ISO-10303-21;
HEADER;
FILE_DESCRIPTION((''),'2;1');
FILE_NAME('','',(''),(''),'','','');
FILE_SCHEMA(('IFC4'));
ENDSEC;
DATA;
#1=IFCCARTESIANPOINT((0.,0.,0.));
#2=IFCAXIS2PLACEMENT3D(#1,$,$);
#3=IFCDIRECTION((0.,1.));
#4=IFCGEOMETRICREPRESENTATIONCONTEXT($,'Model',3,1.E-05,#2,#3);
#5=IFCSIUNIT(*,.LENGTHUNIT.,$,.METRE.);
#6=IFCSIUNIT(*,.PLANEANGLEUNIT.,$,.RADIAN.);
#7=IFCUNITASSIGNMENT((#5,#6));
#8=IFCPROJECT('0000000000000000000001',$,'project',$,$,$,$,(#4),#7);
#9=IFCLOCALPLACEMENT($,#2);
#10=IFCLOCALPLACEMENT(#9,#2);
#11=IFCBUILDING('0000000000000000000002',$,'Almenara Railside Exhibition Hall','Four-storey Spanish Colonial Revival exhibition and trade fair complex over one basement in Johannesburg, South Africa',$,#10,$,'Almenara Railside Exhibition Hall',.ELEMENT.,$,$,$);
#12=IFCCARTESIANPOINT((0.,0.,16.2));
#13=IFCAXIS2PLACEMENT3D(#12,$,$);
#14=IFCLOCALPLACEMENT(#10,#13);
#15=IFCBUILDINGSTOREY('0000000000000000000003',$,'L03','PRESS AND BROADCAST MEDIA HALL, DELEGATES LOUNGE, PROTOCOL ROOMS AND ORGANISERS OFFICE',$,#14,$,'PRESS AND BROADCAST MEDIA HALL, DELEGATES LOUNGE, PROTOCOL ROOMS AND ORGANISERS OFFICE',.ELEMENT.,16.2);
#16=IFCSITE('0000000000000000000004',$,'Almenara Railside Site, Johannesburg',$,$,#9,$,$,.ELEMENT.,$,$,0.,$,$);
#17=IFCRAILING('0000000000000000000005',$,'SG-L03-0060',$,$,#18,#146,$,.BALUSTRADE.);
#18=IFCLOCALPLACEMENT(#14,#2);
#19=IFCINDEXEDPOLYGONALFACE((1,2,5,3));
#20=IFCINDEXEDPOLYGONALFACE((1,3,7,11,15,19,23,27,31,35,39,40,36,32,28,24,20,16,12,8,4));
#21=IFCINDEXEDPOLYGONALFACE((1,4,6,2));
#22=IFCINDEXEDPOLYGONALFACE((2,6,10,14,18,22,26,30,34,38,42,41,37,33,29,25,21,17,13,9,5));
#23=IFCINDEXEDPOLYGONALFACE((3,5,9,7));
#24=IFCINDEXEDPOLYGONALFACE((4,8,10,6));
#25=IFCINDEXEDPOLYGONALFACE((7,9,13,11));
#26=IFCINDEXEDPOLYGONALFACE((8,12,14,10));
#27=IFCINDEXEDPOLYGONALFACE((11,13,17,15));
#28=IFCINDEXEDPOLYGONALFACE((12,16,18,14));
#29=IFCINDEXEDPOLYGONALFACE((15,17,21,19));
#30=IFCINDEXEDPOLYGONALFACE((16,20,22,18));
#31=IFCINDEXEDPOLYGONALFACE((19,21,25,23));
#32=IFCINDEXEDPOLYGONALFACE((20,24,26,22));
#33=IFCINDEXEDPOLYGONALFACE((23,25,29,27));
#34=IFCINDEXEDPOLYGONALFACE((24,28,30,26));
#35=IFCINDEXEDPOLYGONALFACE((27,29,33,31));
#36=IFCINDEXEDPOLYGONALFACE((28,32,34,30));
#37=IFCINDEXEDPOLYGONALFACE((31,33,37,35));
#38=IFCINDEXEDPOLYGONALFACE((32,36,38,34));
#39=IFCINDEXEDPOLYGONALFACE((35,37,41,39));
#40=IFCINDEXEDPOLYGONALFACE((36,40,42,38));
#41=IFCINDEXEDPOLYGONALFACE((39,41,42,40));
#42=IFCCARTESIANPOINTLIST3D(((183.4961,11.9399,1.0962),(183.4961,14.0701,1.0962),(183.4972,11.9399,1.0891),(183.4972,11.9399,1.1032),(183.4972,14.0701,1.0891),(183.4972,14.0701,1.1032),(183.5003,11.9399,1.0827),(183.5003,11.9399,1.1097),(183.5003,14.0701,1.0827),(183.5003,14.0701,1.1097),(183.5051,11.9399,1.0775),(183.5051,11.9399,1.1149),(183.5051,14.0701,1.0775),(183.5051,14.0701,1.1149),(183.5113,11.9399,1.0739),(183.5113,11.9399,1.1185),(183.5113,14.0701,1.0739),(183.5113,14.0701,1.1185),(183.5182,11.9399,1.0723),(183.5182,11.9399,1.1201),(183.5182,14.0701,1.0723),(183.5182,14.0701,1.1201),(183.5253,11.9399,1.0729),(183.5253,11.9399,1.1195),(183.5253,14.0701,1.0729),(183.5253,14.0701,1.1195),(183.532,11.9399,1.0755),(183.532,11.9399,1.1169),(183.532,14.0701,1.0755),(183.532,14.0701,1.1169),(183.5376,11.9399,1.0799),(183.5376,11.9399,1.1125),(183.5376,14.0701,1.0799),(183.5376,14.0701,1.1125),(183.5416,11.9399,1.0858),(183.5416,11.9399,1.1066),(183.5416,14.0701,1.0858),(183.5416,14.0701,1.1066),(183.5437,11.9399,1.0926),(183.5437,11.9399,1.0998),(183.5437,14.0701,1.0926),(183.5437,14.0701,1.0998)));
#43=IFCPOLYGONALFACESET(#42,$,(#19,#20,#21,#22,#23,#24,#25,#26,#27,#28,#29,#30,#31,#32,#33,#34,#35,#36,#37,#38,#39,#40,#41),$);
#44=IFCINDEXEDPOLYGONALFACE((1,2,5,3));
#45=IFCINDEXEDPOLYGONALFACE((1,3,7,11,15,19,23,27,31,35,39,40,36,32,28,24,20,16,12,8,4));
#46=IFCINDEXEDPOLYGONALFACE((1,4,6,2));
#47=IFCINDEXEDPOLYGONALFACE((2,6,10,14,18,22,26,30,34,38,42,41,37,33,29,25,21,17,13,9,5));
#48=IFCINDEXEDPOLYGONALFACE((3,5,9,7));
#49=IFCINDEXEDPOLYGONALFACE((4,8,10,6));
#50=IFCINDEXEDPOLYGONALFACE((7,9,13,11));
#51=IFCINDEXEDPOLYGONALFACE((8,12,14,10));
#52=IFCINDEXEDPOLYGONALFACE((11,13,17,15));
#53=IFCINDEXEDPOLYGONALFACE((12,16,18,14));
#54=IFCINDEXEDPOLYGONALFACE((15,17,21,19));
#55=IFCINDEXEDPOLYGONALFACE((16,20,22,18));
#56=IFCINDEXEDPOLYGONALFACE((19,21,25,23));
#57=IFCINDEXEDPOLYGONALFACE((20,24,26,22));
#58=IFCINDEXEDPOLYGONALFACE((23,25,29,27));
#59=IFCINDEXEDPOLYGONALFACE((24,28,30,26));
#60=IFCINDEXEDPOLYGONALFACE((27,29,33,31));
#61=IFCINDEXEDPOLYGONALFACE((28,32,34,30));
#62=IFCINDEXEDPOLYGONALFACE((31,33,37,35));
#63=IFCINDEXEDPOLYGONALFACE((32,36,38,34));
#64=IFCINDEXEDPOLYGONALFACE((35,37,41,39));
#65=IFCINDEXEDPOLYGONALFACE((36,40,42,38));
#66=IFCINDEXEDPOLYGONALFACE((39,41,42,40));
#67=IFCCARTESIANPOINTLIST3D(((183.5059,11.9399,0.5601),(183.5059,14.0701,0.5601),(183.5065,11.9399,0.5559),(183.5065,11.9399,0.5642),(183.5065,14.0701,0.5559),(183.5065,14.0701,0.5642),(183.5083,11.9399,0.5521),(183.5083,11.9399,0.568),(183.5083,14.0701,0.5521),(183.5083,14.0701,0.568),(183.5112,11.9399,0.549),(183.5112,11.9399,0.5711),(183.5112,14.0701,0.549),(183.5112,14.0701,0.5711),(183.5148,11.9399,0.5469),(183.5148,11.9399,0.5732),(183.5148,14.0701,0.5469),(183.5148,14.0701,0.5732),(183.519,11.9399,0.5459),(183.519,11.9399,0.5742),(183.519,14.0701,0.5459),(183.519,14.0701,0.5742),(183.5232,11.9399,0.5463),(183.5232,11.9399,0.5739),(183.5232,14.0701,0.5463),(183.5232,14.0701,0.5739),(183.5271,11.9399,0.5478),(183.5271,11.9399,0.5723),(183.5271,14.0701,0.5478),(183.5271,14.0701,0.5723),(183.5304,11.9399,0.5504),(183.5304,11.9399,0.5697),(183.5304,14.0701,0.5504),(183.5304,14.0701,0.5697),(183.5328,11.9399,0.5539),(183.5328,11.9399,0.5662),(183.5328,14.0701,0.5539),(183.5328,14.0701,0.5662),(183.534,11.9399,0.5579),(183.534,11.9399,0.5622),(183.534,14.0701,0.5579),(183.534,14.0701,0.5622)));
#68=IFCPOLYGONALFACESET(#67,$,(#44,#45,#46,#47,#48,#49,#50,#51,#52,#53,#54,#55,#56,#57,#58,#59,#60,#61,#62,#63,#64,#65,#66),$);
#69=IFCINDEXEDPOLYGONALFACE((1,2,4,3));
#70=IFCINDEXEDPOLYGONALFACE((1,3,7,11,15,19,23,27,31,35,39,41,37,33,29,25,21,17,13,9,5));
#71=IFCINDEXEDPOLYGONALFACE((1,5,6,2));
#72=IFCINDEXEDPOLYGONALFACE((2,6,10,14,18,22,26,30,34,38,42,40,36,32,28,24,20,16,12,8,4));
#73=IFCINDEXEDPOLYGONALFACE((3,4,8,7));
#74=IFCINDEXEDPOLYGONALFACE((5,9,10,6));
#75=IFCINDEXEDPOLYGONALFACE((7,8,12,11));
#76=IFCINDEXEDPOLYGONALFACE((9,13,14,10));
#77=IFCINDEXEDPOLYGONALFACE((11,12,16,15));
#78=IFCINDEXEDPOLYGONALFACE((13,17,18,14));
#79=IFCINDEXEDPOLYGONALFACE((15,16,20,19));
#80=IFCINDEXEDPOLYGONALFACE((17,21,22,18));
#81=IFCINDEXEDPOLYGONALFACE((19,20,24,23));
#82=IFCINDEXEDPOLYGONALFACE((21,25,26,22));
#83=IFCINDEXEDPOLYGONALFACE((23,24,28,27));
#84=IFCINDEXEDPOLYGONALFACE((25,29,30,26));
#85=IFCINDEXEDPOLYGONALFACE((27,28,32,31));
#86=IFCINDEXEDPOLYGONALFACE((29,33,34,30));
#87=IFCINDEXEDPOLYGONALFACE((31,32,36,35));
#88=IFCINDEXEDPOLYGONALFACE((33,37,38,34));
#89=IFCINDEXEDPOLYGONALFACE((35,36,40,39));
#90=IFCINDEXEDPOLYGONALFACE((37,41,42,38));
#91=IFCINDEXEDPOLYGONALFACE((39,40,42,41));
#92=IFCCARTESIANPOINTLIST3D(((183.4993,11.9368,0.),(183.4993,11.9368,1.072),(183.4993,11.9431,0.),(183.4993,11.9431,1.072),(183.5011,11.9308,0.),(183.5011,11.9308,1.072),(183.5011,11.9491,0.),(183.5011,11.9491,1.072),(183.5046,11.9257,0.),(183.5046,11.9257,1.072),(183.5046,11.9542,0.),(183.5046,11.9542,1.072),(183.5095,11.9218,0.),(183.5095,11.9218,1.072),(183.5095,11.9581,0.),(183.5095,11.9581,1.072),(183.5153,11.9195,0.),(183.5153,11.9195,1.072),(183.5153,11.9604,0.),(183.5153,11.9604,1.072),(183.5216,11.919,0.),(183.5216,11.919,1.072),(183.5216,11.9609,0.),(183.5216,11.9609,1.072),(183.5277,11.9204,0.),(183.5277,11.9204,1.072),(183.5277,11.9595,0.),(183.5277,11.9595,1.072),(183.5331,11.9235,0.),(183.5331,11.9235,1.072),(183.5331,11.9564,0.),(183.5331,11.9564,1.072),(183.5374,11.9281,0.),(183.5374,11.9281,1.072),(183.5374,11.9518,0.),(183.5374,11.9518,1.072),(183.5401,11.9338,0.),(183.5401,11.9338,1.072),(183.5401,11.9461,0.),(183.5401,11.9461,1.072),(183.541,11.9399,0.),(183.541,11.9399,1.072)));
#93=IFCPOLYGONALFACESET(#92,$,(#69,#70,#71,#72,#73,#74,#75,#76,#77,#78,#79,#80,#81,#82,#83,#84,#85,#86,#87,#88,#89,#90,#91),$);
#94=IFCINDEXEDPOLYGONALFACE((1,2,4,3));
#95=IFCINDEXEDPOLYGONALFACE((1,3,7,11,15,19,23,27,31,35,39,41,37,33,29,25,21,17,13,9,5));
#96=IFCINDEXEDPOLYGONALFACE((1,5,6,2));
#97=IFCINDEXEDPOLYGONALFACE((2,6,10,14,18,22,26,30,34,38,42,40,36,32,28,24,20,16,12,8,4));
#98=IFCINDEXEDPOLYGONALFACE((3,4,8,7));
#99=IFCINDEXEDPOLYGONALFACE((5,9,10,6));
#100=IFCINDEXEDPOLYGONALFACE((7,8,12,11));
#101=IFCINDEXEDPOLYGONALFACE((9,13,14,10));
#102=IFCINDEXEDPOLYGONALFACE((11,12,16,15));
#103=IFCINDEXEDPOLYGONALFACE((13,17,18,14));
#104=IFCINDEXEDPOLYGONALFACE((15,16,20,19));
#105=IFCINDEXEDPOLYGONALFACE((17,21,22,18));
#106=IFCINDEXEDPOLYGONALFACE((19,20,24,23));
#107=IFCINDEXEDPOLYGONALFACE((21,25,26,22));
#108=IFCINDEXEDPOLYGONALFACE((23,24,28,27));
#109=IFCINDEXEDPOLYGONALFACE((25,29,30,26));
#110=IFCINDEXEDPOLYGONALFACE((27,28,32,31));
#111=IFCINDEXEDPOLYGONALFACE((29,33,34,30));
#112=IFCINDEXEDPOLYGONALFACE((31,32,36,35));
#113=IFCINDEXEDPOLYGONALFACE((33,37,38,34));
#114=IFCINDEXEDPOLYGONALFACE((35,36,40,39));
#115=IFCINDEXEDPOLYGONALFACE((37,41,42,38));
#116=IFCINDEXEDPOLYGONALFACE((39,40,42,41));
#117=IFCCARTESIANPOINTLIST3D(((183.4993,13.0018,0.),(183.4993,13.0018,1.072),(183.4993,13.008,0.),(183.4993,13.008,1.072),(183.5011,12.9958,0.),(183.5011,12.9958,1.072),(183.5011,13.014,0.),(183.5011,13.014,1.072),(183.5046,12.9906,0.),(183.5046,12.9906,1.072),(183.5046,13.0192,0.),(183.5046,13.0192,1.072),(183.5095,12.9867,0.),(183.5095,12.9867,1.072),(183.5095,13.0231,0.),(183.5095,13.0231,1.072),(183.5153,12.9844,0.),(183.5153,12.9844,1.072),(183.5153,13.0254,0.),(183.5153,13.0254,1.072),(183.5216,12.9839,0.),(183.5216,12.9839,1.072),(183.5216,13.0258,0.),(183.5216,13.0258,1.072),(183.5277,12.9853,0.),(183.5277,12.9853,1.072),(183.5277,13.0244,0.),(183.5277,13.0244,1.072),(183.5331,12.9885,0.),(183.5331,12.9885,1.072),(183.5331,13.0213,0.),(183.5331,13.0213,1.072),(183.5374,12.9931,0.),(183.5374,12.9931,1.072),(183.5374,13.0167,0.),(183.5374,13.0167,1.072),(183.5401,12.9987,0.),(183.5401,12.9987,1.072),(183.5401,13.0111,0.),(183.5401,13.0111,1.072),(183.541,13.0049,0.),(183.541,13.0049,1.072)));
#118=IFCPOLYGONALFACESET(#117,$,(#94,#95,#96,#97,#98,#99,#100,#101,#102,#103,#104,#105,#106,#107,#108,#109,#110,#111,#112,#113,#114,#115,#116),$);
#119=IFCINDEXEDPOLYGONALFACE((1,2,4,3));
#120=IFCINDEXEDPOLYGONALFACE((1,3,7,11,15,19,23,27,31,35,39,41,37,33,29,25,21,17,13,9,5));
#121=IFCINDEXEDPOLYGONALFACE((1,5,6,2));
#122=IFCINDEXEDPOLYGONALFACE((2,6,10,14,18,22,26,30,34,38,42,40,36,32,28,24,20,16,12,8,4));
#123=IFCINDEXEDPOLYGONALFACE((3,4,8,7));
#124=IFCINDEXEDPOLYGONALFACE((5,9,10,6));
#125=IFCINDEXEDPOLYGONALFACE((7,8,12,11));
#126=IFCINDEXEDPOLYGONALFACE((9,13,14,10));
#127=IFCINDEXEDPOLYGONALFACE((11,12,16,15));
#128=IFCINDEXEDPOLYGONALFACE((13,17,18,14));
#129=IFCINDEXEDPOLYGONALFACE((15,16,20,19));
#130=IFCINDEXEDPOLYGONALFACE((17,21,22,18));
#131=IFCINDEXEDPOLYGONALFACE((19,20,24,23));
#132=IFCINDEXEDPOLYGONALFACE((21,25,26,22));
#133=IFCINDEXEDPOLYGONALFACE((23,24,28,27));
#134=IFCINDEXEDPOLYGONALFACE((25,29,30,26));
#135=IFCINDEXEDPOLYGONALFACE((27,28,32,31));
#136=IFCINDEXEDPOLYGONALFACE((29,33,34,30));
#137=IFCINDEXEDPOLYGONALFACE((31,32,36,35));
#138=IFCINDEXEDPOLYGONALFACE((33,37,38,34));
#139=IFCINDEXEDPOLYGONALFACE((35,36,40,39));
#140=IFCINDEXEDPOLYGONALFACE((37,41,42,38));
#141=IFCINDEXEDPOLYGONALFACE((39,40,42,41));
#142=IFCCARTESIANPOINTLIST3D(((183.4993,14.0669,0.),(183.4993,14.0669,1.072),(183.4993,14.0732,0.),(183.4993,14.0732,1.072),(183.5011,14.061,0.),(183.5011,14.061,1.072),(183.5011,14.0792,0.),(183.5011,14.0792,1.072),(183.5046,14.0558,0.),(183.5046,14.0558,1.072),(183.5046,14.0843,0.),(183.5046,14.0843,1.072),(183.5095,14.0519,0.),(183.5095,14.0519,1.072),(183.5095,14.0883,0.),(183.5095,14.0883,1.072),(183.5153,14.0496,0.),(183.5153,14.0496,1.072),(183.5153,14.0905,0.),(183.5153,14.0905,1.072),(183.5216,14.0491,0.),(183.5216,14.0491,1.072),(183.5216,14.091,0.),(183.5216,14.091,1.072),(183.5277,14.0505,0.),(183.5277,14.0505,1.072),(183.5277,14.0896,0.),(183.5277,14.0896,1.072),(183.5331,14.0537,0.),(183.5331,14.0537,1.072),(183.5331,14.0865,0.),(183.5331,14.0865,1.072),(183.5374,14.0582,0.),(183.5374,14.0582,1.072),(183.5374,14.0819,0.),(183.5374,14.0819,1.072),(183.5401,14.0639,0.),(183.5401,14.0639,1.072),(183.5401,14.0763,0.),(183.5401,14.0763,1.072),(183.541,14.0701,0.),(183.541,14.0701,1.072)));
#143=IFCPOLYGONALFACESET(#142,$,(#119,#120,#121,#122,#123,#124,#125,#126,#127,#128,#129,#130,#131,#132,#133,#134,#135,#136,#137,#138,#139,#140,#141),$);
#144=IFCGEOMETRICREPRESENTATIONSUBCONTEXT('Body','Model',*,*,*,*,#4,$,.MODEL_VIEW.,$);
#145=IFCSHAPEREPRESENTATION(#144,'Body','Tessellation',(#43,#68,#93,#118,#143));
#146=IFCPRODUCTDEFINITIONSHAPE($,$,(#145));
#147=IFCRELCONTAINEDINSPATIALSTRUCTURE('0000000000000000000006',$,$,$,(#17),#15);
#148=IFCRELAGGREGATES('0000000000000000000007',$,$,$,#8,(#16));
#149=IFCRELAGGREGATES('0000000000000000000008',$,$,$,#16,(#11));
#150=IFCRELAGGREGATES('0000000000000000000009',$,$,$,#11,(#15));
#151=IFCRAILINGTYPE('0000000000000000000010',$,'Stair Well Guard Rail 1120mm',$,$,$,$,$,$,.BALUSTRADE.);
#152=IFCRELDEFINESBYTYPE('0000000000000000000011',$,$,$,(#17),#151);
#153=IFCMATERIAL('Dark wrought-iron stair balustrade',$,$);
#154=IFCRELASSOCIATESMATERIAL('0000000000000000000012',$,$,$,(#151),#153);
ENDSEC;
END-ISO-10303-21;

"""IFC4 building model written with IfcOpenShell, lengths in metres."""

from ifc_helpers import new_model, si_unit, direction, frame, origin, origin_2d, place, context, subcontext, project, spatial, circle, extrude, material, type_object, element, save


model = new_model("IFC4")

# Units and contexts
model_context = context("Model", 3, precision=1e-05, world=origin(), true_north=direction((0.0, 1.0)))
body_context = subcontext(model_context, "Body", "Model", "MODEL_VIEW")
ifc_project = project(units=[si_unit("LENGTHUNIT", "METRE"), si_unit("PLANEANGLEUNIT", "RADIAN")], contexts=[model_context])

# Site, building, storey
site_placement = place(None, origin())
site = spatial("IfcSite", under=ifc_project, at=site_placement, Name="Almenara Railside Site, Johannesburg", CompositionType="ELEMENT", RefElevation=0.0)
building_placement = place(site_placement, origin())
building = spatial("IfcBuilding", under=site, at=building_placement, Name="Almenara Railside Exhibition Hall", Description="Four-storey Spanish Colonial Revival exhibition and trade fair complex over one basement in Johannesburg, South Africa", LongName="Almenara Railside Exhibition Hall", CompositionType="ELEMENT")
storey_placement = place(building_placement, frame((0.0, 0.0, 16.2)))
storey = spatial("IfcBuildingStorey", under=building, at=storey_placement, Name="L03", Description="PRESS AND BROADCAST MEDIA HALL, DELEGATES LOUNGE, PROTOCOL ROOMS AND ORGANISERS OFFICE", LongName="PRESS AND BROADCAST MEDIA HALL, DELEGATES LOUNGE, PROTOCOL ROOMS AND ORGANISERS OFFICE", CompositionType="ELEMENT", Elevation=16.2)

# Railing
ifc_material_1 = material(Name="Dark wrought-iron stair balustrade")
railing_type = type_object("IfcRailingType", Name="Stair Well Guard Rail 1120mm", PredefinedType="BALUSTRADE", material=ifc_material_1)
railing_placement = place(storey_placement, frame((183.52, 11.9399, 0.0)))
element("IfcRailing", 1, at=railing_placement, inside=storey, type_object=railing_type, Name="SG-L03-0060", PredefinedType="BALUSTRADE", context=body_context, shape_type="SweptSolid", body=[
    extrude(circle(Radius=0.0239, at=origin_2d()), frame((0.0, 0.0, 1.0962), z_axis=(0.0, 1.0, 0.0), x_axis=(-1.0, 0.0, 0.0)), (0.0, 0.0, 1.0), 2.1301),
    extrude(circle(Radius=0.0142, at=origin_2d()), frame((0.0, 0.0, 0.5601), z_axis=(0.0, 1.0, 0.0), x_axis=(-1.0, 0.0, 0.0)), (0.0, 0.0, 1.0), 2.1301),
    extrude(circle(Radius=0.021, at=origin_2d()), origin(), (0.0, 0.0, 1.0), 1.072),
    extrude(circle(Radius=0.021, at=origin_2d()), frame((0.0, 1.0649, 0.0)), (0.0, 0.0, 1.0), 1.072),
    extrude(circle(Radius=0.021, at=origin_2d()), frame((0.0, 2.1301, 0.0)), (0.0, 0.0, 1.0), 1.072),
])

save(model, "model.ifc")
